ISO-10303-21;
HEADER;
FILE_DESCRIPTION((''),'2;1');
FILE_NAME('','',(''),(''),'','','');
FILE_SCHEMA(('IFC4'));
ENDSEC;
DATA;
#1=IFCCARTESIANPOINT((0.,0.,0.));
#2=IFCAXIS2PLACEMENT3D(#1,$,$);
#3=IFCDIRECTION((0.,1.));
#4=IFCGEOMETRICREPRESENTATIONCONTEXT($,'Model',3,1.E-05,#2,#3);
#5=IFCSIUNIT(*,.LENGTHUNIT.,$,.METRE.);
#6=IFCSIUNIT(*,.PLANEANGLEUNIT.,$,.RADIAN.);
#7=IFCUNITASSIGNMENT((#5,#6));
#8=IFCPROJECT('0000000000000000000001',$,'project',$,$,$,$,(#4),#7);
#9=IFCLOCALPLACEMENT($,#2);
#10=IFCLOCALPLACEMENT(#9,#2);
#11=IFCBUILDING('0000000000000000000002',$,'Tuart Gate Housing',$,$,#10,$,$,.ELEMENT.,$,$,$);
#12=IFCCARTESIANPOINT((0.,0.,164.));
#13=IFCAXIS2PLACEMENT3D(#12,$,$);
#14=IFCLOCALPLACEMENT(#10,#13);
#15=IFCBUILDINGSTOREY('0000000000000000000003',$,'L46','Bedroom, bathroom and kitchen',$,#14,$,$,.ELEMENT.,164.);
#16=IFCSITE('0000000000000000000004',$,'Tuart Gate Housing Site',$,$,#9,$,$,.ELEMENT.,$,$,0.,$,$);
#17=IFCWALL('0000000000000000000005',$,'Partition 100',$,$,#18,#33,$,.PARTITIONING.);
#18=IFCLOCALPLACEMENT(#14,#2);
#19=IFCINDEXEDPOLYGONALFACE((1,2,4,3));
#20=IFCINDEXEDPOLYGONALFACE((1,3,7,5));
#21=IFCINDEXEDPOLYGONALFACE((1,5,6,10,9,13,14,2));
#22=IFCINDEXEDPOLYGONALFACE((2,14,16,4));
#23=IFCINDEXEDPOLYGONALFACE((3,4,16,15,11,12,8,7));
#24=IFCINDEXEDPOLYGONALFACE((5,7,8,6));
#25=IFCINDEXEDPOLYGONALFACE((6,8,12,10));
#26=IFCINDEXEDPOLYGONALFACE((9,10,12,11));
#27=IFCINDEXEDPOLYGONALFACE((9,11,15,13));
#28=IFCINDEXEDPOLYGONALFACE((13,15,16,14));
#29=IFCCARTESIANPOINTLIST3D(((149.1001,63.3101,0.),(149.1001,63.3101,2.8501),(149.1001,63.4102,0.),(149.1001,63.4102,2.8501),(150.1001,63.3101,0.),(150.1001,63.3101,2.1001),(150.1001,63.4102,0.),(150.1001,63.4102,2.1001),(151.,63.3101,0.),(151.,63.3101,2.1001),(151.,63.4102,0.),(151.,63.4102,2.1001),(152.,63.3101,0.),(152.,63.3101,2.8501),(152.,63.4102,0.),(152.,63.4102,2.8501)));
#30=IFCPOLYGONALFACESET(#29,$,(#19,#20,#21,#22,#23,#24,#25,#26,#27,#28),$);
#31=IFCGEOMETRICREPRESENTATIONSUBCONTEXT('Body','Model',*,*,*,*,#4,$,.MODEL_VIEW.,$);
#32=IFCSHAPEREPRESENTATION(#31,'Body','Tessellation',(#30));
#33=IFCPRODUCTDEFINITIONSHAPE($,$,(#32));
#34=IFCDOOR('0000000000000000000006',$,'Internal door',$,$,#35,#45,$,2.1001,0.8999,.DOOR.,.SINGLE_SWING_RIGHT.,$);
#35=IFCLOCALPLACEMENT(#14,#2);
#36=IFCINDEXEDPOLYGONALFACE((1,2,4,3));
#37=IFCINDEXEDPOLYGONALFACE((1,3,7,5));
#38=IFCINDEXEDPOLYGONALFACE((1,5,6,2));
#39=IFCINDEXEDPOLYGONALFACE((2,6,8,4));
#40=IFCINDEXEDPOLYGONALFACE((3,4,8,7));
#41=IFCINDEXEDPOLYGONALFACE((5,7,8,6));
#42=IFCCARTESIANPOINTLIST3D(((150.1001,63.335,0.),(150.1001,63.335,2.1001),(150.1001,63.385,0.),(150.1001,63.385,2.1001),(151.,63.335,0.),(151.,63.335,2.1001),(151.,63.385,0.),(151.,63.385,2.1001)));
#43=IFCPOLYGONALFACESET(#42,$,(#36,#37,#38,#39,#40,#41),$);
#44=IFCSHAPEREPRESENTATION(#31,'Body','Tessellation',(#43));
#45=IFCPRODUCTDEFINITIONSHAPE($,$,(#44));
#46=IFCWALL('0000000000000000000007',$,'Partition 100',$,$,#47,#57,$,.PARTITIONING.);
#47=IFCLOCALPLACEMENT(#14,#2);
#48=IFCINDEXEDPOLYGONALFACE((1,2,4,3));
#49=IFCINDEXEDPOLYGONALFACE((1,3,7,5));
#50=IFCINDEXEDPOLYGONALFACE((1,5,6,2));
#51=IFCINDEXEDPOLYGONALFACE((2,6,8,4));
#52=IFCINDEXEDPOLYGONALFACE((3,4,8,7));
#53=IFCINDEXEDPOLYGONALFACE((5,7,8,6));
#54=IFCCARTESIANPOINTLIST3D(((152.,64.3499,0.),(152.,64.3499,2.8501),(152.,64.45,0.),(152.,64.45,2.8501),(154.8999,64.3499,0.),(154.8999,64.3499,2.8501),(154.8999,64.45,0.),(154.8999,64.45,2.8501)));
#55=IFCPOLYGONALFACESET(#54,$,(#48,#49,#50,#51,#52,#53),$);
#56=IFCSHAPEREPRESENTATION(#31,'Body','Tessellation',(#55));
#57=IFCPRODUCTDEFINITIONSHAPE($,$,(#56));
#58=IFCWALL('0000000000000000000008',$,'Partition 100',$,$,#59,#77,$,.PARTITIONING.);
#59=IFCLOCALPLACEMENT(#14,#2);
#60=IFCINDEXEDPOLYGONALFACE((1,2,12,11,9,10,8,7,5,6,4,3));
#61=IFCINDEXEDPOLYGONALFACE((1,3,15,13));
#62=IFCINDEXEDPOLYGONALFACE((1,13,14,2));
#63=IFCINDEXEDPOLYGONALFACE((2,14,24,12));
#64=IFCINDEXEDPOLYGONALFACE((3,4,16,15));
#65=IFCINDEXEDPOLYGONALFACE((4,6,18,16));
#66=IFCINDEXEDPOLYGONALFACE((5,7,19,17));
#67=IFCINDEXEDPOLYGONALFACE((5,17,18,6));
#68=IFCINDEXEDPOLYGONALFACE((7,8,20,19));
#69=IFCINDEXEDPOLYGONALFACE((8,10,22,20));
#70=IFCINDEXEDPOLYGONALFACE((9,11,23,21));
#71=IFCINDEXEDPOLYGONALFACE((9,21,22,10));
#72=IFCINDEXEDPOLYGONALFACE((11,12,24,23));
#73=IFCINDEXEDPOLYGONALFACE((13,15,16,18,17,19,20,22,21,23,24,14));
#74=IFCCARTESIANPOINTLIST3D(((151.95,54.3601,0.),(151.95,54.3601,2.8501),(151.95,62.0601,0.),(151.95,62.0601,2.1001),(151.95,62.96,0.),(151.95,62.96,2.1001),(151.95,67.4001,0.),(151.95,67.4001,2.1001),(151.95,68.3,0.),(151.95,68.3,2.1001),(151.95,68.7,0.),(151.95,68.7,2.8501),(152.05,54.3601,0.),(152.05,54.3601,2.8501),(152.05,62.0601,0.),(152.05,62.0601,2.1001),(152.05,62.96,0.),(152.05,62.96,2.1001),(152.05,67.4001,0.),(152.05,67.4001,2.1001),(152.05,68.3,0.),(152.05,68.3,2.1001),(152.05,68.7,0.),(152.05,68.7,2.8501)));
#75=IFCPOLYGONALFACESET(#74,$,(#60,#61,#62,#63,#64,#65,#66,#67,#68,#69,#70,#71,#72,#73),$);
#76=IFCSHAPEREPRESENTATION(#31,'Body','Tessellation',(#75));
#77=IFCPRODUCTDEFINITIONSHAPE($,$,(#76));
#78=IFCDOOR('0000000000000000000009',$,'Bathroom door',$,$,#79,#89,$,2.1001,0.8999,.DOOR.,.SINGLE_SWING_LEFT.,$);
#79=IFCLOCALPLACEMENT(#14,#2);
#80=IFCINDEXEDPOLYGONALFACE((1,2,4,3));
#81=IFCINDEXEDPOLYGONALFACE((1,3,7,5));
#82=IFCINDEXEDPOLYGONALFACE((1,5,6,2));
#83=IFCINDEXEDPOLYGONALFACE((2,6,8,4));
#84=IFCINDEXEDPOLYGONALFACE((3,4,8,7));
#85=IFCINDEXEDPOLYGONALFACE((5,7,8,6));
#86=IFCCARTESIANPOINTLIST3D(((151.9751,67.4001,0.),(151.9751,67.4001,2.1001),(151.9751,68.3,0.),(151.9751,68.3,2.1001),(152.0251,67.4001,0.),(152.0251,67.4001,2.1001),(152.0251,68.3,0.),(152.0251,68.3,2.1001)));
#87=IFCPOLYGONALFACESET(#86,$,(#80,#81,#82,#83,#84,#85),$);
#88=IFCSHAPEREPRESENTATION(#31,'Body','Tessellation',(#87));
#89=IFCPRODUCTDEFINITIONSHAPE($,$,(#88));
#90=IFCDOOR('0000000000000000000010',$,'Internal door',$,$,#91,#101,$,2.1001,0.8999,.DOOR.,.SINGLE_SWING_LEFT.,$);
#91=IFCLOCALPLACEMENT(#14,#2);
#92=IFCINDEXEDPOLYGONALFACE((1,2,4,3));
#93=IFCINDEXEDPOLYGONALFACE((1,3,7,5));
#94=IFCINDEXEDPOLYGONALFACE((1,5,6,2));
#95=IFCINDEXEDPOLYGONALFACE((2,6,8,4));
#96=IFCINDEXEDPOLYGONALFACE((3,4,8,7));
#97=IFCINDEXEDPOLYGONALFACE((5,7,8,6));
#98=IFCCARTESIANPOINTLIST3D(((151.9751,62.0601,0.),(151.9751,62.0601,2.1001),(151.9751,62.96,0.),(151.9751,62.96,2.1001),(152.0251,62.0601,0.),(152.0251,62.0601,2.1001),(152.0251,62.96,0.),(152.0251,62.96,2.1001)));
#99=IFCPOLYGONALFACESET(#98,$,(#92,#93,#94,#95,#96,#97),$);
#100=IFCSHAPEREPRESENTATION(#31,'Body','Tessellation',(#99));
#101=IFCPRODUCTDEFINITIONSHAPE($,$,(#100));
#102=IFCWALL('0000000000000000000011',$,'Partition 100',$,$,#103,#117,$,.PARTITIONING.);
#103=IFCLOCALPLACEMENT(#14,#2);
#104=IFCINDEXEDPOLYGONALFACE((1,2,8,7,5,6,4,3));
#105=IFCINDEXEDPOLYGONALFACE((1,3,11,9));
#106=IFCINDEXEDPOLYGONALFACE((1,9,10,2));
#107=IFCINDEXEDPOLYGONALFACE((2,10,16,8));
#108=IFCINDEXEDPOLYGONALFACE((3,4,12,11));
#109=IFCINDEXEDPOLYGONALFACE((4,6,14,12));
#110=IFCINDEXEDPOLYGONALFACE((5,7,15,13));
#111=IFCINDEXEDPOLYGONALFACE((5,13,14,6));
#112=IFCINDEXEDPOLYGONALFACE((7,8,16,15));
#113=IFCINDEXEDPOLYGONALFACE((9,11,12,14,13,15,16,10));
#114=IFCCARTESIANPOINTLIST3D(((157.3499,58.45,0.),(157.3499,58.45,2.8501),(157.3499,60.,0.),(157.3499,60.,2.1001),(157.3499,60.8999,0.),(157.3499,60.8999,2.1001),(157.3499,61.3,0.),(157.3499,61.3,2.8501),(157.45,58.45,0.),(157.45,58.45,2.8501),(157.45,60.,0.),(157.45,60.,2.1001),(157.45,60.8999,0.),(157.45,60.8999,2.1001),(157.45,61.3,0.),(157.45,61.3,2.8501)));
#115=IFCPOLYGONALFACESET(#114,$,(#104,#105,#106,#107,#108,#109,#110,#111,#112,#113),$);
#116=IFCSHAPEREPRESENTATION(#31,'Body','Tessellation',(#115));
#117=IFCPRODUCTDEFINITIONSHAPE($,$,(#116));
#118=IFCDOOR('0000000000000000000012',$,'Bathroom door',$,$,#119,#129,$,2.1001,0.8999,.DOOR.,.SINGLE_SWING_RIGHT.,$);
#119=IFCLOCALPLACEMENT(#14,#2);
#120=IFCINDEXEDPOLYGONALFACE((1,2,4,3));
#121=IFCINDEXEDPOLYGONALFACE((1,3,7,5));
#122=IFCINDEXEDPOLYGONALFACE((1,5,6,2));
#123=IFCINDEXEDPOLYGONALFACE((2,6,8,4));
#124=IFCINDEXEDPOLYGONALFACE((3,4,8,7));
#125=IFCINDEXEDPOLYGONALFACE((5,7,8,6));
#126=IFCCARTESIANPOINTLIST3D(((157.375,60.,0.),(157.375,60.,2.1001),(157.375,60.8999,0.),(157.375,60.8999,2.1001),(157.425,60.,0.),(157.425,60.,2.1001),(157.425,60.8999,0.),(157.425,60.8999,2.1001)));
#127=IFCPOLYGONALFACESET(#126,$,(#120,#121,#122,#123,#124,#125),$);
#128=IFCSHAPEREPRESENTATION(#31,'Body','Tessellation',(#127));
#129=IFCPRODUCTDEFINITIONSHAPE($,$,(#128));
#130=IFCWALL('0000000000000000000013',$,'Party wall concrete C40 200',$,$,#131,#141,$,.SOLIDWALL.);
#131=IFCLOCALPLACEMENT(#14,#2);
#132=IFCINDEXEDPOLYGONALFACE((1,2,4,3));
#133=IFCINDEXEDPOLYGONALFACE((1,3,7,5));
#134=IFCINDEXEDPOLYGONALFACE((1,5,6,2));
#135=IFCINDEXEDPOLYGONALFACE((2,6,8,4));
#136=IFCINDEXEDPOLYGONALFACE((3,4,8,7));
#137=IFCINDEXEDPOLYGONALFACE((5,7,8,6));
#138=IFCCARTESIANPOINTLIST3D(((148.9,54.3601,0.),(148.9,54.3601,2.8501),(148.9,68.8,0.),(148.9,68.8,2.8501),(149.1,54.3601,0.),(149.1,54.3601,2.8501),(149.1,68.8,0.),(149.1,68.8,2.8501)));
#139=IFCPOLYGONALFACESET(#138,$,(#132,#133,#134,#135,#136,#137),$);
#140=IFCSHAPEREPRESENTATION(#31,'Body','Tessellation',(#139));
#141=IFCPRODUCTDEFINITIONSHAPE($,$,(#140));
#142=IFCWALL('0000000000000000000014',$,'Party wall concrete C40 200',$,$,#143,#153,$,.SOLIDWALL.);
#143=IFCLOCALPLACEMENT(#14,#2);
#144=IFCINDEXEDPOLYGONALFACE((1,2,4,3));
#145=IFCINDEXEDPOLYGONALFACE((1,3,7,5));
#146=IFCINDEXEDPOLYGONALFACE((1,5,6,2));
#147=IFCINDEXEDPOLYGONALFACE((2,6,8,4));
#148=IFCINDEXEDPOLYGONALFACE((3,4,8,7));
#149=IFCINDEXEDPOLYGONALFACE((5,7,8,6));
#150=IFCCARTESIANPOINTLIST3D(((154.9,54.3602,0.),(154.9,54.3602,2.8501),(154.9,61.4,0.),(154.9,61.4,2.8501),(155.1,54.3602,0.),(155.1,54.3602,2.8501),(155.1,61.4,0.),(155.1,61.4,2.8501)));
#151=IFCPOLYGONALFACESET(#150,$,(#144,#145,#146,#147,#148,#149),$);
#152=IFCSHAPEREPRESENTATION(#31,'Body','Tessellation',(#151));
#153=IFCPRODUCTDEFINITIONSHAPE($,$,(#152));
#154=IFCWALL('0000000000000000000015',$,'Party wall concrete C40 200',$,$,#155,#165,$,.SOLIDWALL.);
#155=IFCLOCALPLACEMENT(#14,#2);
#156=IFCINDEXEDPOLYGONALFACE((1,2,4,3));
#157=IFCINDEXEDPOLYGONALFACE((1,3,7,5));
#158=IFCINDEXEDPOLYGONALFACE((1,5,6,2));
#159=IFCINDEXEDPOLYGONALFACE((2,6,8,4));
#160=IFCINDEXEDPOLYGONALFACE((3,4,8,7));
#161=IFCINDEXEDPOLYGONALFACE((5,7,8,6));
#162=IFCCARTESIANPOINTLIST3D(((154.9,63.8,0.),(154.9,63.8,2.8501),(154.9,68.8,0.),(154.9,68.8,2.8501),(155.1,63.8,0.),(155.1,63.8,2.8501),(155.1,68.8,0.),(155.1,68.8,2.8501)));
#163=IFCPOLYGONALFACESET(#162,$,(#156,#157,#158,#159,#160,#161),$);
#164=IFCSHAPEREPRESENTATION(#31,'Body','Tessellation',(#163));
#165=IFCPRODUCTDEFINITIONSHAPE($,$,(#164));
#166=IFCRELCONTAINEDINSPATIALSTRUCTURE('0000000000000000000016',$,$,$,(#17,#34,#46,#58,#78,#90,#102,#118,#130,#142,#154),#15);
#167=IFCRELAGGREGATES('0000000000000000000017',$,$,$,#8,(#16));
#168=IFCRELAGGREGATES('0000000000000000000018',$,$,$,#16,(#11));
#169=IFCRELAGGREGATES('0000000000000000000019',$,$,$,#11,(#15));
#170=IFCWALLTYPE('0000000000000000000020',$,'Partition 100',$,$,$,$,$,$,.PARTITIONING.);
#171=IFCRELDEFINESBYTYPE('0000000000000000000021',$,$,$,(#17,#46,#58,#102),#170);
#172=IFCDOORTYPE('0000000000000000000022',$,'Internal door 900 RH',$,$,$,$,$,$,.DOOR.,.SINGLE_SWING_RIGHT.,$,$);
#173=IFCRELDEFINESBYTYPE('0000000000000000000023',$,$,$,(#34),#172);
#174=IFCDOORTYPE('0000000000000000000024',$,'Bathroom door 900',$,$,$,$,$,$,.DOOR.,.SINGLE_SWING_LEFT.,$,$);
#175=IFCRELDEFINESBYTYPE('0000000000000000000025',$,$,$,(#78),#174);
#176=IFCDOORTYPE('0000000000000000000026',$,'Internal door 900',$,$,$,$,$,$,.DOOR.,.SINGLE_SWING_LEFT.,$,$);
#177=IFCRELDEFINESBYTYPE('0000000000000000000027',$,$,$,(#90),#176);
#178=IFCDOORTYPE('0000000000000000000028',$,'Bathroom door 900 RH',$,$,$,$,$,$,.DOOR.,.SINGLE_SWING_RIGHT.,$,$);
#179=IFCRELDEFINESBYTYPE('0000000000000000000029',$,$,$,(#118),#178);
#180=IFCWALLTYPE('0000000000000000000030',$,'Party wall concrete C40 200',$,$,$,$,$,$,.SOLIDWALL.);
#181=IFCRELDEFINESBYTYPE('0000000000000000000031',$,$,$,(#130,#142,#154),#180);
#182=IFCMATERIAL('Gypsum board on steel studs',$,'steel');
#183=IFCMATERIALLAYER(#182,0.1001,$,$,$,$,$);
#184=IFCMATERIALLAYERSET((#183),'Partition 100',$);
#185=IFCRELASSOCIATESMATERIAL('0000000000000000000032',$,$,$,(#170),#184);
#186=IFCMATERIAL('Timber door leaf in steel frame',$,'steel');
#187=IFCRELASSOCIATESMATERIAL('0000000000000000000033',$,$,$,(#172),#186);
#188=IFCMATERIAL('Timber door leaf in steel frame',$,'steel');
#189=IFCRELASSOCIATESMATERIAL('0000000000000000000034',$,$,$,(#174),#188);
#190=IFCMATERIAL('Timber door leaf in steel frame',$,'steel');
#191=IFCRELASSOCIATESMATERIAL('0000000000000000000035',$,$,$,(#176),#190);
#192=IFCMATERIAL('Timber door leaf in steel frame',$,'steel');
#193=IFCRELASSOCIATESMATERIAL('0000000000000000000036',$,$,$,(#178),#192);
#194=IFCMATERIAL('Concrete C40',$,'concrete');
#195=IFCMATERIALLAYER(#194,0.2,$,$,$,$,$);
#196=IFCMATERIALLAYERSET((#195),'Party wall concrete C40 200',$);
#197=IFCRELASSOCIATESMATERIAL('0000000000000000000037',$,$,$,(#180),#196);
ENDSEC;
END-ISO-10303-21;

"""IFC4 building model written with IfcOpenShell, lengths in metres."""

from ifc_helpers import new_model, si_unit, direction, frame, frame_2d, origin, place, context, subcontext, project, spatial, rectangle, extrude, material, layer, layer_set, type_object, element, fill, save


model = new_model("IFC4")

# Units and contexts
model_context = context("Model", 3, precision=1e-05, world=origin(), true_north=direction((0.0, 1.0)))
body_context = subcontext(model_context, "Body", "Model", "MODEL_VIEW")
ifc_project = project(units=[si_unit("LENGTHUNIT", "METRE"), si_unit("PLANEANGLEUNIT", "RADIAN")], contexts=[model_context])

# Site, building, storey
site_placement = place(None, origin())
site = spatial("IfcSite", under=ifc_project, at=site_placement, Name="Tuart Gate Housing Site", CompositionType="ELEMENT", RefElevation=0.0)
building_placement = place(site_placement, origin())
building = spatial("IfcBuilding", under=site, at=building_placement, Name="Tuart Gate Housing", CompositionType="ELEMENT")
storey_placement = place(building_placement, frame((0.0, 0.0, 164.0)))
storey = spatial("IfcBuildingStorey", under=building, at=storey_placement, Name="L46", Description="Bedroom, bathroom and kitchen", CompositionType="ELEMENT", Elevation=164.0)

# Shared definitions
ifc_material_1 = material(Name="Gypsum board on steel studs", Category="steel")
ifc_layer_1 = layer(ifc_material_1, 0.1001)
ifc_layer_set_1 = layer_set([ifc_layer_1], Name="Partition 100")
wall_type_1 = type_object("IfcWallType", Name="Partition 100", PredefinedType="PARTITIONING", material=ifc_layer_set_1)

# Wall, opening, door
wall_1_placement = place(storey_placement, frame((149.1001, 63.3601, 0.0), z_axis=(0.0, 0.0, 1.0), x_axis=(1.0, 0.0, 0.0)))
wall_1 = element("IfcWall", 1, at=wall_1_placement, inside=storey, type_object=wall_type_1, Name="Partition 100", PredefinedType="PARTITIONING", context=body_context, shape_type="SweptSolid", body=[
    extrude(rectangle(XDim=2.8999, YDim=0.1001, at=frame_2d((1.45, 0.0))), origin(), (0.0, 0.0, 1.0), 2.8501),
])
opening_1_placement = place(wall_1_placement, frame((1.0, 0.0, 0.0)))
opening_1 = element("IfcOpeningElement", 2, at=opening_1_placement, cuts=wall_1, PredefinedType="OPENING", context=body_context, shape_type="SweptSolid", body=[
    extrude(rectangle(XDim=0.8999, YDim=2.1001, at=frame_2d((0.45, 1.05))), frame((0.0, 0.0601, 0.0), z_axis=(0.0, -1.0, 0.0), x_axis=(1.0, 0.0, 0.0)), (0.0, 0.0, 1.0), 0.1201),
])
ifc_material_2 = material(Name="Timber door leaf in steel frame", Category="steel")
door_type_1 = type_object("IfcDoorType", Name="Internal door 900 RH", OperationType="SINGLE_SWING_RIGHT", PredefinedType="DOOR", material=ifc_material_2)
door_1_placement = place(opening_1_placement, origin())
door_1 = element("IfcDoor", 3, at=door_1_placement, inside=storey, type_object=door_type_1, Name="Internal door", OperationType="SINGLE_SWING_RIGHT", OverallHeight=2.1001, OverallWidth=0.8999, PredefinedType="DOOR", context=body_context, shape_type="SweptSolid", body=[
    extrude(rectangle(XDim=0.8999, YDim=2.1001, at=frame_2d((0.45, 1.05))), frame((0.0, 0.0249, 0.0), z_axis=(0.0, -1.0, 0.0), x_axis=(1.0, 0.0, 0.0)), (0.0, 0.0, 1.0), 0.05),
])
fill(opening_1, door_1)

# Wall
wall_2_placement = place(storey_placement, frame((152.0, 64.3999, 0.0), z_axis=(0.0, 0.0, 1.0), x_axis=(1.0, 0.0, 0.0)))
element("IfcWall", 4, at=wall_2_placement, inside=storey, type_object=wall_type_1, Name="Partition 100", PredefinedType="PARTITIONING", context=body_context, shape_type="SweptSolid", body=[
    extrude(rectangle(XDim=2.8999, YDim=0.1001, at=frame_2d((1.45, 0.0))), origin(), (0.0, 0.0, 1.0), 2.8501),
])

# Wall, openings, doors
wall_3_placement = place(storey_placement, frame((152.0, 54.3601, 0.0), z_axis=(0.0, 0.0, 1.0), x_axis=(0.0, 1.0, 0.0)))
wall_3 = element("IfcWall", 5, at=wall_3_placement, inside=storey, type_object=wall_type_1, Name="Partition 100", PredefinedType="PARTITIONING", context=body_context, shape_type="SweptSolid", body=[
    extrude(rectangle(XDim=14.3398, YDim=0.1001, at=frame_2d((7.1699, 0.0))), origin(), (0.0, 0.0, 1.0), 2.8501),
])
opening_2_placement = place(wall_3_placement, frame((7.7, 0.0, 0.0)))
opening_2 = element("IfcOpeningElement", 6, at=opening_2_placement, cuts=wall_3, PredefinedType="OPENING", context=body_context, shape_type="SweptSolid", body=[
    extrude(rectangle(XDim=0.8999, YDim=2.1001, at=frame_2d((0.45, 1.05))), frame((0.0, 0.0601, 0.0), z_axis=(0.0, -1.0, 0.0), x_axis=(1.0, 0.0, 0.0)), (0.0, 0.0, 1.0), 0.1201),
])
opening_3_placement = place(wall_3_placement, frame((13.04, 0.0, 0.0)))
opening_3 = element("IfcOpeningElement", 7, at=opening_3_placement, cuts=wall_3, PredefinedType="OPENING", context=body_context, shape_type="SweptSolid", body=[
    extrude(rectangle(XDim=0.8999, YDim=2.1001, at=frame_2d((0.45, 1.05))), frame((0.0, 0.0601, 0.0), z_axis=(0.0, -1.0, 0.0), x_axis=(1.0, 0.0, 0.0)), (0.0, 0.0, 1.0), 0.1201),
])
ifc_material_3 = material(Name="Timber door leaf in steel frame", Category="steel")
door_type_2 = type_object("IfcDoorType", Name="Bathroom door 900", OperationType="SINGLE_SWING_LEFT", PredefinedType="DOOR", material=ifc_material_3)
door_2_placement = place(opening_3_placement, frame((0.8999, 0.0, 0.0), z_axis=(0.0, 0.0, 1.0), x_axis=(-1.0, 0.0, 0.0)))
door_2 = element("IfcDoor", 8, at=door_2_placement, inside=storey, type_object=door_type_2, Name="Bathroom door", OperationType="SINGLE_SWING_LEFT", OverallHeight=2.1001, OverallWidth=0.8999, PredefinedType="DOOR", context=body_context, shape_type="SweptSolid", body=[
    extrude(rectangle(XDim=0.8999, YDim=2.1001, at=frame_2d((0.45, 1.05))), frame((0.0, 0.0251, 0.0), z_axis=(0.0, -1.0, 0.0), x_axis=(1.0, 0.0, 0.0)), (0.0, 0.0, 1.0), 0.05),
])
fill(opening_3, door_2)
ifc_material_4 = material(Name="Timber door leaf in steel frame", Category="steel")
door_type_3 = type_object("IfcDoorType", Name="Internal door 900", OperationType="SINGLE_SWING_LEFT", PredefinedType="DOOR", material=ifc_material_4)
door_3_placement = place(opening_2_placement, frame((0.8999, 0.0, 0.0), z_axis=(0.0, 0.0, 1.0), x_axis=(-1.0, 0.0, 0.0)))
door_3 = element("IfcDoor", 9, at=door_3_placement, inside=storey, type_object=door_type_3, Name="Internal door", OperationType="SINGLE_SWING_LEFT", OverallHeight=2.1001, OverallWidth=0.8999, PredefinedType="DOOR", context=body_context, shape_type="SweptSolid", body=[
    extrude(rectangle(XDim=0.8999, YDim=2.1001, at=frame_2d((0.45, 1.05))), frame((0.0, 0.0251, 0.0), z_axis=(0.0, -1.0, 0.0), x_axis=(1.0, 0.0, 0.0)), (0.0, 0.0, 1.0), 0.05),
])
fill(opening_2, door_3)

# Wall, opening, door
wall_4_placement = place(storey_placement, frame((157.3999, 58.45, 0.0), z_axis=(0.0, 0.0, 1.0), x_axis=(0.0, 1.0, 0.0)))
wall_4 = element("IfcWall", 10, at=wall_4_placement, inside=storey, type_object=wall_type_1, Name="Partition 100", PredefinedType="PARTITIONING", context=body_context, shape_type="SweptSolid", body=[
    extrude(rectangle(XDim=2.8501, YDim=0.1001, at=frame_2d((1.425, 0.0))), origin(), (0.0, 0.0, 1.0), 2.8501),
])
opening_4_placement = place(wall_4_placement, frame((1.55, 0.0, 0.0)))
opening_4 = element("IfcOpeningElement", 11, at=opening_4_placement, cuts=wall_4, PredefinedType="OPENING", context=body_context, shape_type="SweptSolid", body=[
    extrude(rectangle(XDim=0.8999, YDim=2.1001, at=frame_2d((0.45, 1.05))), frame((0.0, 0.0601, 0.0), z_axis=(0.0, -1.0, 0.0), x_axis=(1.0, 0.0, 0.0)), (0.0, 0.0, 1.0), 0.1201),
])
ifc_material_5 = material(Name="Timber door leaf in steel frame", Category="steel")
door_type_4 = type_object("IfcDoorType", Name="Bathroom door 900 RH", OperationType="SINGLE_SWING_RIGHT", PredefinedType="DOOR", material=ifc_material_5)
door_4_placement = place(opening_4_placement, origin())
door_4 = element("IfcDoor", 12, at=door_4_placement, inside=storey, type_object=door_type_4, Name="Bathroom door", OperationType="SINGLE_SWING_RIGHT", OverallHeight=2.1001, OverallWidth=0.8999, PredefinedType="DOOR", context=body_context, shape_type="SweptSolid", body=[
    extrude(rectangle(XDim=0.8999, YDim=2.1001, at=frame_2d((0.45, 1.05))), frame((0.0, 0.0249, 0.0), z_axis=(0.0, -1.0, 0.0), x_axis=(1.0, 0.0, 0.0)), (0.0, 0.0, 1.0), 0.05),
])
fill(opening_4, door_4)

# Walls
ifc_material_6 = material(Name="Concrete C40", Category="concrete")
ifc_layer_2 = layer(ifc_material_6, 0.2)
ifc_layer_set_2 = layer_set([ifc_layer_2], Name="Party wall concrete C40 200")
wall_type_2 = type_object("IfcWallType", Name="Party wall concrete C40 200", PredefinedType="SOLIDWALL", material=ifc_layer_set_2)
wall_5_placement = place(storey_placement, frame((149.0, 54.3601, 0.0), z_axis=(0.0, 0.0, 1.0), x_axis=(0.0, 1.0, 0.0)))
element("IfcWall", 13, at=wall_5_placement, inside=storey, type_object=wall_type_2, Name="Party wall concrete C40 200", PredefinedType="SOLIDWALL", context=body_context, shape_type="SweptSolid", body=[
    extrude(rectangle(XDim=14.4399, YDim=0.2, at=frame_2d((7.22, 0.0))), origin(), (0.0, 0.0, 1.0), 2.8501),
])
wall_6_placement = place(storey_placement, frame((155.0, 54.3601, 0.0), z_axis=(0.0, 0.0, 1.0), x_axis=(0.0, 1.0, 0.0)))
element("IfcWall", 14, at=wall_6_placement, inside=storey, type_object=wall_type_2, Name="Party wall concrete C40 200", PredefinedType="SOLIDWALL", context=body_context, shape_type="SweptSolid", body=[
    extrude(rectangle(XDim=7.0398, YDim=0.2, at=frame_2d((3.52, 0.0))), origin(), (0.0, 0.0, 1.0), 2.8501),
])
wall_7_placement = place(storey_placement, frame((155.0, 63.8, 0.0), z_axis=(0.0, 0.0, 1.0), x_axis=(0.0, 1.0, 0.0)))
element("IfcWall", 15, at=wall_7_placement, inside=storey, type_object=wall_type_2, Name="Party wall concrete C40 200", PredefinedType="SOLIDWALL", context=body_context, shape_type="SweptSolid", body=[
    extrude(rectangle(XDim=5.0, YDim=0.2, at=frame_2d((2.5, 0.0))), origin(), (0.0, 0.0, 1.0), 2.8501),
])

save(model, "model.ifc")
